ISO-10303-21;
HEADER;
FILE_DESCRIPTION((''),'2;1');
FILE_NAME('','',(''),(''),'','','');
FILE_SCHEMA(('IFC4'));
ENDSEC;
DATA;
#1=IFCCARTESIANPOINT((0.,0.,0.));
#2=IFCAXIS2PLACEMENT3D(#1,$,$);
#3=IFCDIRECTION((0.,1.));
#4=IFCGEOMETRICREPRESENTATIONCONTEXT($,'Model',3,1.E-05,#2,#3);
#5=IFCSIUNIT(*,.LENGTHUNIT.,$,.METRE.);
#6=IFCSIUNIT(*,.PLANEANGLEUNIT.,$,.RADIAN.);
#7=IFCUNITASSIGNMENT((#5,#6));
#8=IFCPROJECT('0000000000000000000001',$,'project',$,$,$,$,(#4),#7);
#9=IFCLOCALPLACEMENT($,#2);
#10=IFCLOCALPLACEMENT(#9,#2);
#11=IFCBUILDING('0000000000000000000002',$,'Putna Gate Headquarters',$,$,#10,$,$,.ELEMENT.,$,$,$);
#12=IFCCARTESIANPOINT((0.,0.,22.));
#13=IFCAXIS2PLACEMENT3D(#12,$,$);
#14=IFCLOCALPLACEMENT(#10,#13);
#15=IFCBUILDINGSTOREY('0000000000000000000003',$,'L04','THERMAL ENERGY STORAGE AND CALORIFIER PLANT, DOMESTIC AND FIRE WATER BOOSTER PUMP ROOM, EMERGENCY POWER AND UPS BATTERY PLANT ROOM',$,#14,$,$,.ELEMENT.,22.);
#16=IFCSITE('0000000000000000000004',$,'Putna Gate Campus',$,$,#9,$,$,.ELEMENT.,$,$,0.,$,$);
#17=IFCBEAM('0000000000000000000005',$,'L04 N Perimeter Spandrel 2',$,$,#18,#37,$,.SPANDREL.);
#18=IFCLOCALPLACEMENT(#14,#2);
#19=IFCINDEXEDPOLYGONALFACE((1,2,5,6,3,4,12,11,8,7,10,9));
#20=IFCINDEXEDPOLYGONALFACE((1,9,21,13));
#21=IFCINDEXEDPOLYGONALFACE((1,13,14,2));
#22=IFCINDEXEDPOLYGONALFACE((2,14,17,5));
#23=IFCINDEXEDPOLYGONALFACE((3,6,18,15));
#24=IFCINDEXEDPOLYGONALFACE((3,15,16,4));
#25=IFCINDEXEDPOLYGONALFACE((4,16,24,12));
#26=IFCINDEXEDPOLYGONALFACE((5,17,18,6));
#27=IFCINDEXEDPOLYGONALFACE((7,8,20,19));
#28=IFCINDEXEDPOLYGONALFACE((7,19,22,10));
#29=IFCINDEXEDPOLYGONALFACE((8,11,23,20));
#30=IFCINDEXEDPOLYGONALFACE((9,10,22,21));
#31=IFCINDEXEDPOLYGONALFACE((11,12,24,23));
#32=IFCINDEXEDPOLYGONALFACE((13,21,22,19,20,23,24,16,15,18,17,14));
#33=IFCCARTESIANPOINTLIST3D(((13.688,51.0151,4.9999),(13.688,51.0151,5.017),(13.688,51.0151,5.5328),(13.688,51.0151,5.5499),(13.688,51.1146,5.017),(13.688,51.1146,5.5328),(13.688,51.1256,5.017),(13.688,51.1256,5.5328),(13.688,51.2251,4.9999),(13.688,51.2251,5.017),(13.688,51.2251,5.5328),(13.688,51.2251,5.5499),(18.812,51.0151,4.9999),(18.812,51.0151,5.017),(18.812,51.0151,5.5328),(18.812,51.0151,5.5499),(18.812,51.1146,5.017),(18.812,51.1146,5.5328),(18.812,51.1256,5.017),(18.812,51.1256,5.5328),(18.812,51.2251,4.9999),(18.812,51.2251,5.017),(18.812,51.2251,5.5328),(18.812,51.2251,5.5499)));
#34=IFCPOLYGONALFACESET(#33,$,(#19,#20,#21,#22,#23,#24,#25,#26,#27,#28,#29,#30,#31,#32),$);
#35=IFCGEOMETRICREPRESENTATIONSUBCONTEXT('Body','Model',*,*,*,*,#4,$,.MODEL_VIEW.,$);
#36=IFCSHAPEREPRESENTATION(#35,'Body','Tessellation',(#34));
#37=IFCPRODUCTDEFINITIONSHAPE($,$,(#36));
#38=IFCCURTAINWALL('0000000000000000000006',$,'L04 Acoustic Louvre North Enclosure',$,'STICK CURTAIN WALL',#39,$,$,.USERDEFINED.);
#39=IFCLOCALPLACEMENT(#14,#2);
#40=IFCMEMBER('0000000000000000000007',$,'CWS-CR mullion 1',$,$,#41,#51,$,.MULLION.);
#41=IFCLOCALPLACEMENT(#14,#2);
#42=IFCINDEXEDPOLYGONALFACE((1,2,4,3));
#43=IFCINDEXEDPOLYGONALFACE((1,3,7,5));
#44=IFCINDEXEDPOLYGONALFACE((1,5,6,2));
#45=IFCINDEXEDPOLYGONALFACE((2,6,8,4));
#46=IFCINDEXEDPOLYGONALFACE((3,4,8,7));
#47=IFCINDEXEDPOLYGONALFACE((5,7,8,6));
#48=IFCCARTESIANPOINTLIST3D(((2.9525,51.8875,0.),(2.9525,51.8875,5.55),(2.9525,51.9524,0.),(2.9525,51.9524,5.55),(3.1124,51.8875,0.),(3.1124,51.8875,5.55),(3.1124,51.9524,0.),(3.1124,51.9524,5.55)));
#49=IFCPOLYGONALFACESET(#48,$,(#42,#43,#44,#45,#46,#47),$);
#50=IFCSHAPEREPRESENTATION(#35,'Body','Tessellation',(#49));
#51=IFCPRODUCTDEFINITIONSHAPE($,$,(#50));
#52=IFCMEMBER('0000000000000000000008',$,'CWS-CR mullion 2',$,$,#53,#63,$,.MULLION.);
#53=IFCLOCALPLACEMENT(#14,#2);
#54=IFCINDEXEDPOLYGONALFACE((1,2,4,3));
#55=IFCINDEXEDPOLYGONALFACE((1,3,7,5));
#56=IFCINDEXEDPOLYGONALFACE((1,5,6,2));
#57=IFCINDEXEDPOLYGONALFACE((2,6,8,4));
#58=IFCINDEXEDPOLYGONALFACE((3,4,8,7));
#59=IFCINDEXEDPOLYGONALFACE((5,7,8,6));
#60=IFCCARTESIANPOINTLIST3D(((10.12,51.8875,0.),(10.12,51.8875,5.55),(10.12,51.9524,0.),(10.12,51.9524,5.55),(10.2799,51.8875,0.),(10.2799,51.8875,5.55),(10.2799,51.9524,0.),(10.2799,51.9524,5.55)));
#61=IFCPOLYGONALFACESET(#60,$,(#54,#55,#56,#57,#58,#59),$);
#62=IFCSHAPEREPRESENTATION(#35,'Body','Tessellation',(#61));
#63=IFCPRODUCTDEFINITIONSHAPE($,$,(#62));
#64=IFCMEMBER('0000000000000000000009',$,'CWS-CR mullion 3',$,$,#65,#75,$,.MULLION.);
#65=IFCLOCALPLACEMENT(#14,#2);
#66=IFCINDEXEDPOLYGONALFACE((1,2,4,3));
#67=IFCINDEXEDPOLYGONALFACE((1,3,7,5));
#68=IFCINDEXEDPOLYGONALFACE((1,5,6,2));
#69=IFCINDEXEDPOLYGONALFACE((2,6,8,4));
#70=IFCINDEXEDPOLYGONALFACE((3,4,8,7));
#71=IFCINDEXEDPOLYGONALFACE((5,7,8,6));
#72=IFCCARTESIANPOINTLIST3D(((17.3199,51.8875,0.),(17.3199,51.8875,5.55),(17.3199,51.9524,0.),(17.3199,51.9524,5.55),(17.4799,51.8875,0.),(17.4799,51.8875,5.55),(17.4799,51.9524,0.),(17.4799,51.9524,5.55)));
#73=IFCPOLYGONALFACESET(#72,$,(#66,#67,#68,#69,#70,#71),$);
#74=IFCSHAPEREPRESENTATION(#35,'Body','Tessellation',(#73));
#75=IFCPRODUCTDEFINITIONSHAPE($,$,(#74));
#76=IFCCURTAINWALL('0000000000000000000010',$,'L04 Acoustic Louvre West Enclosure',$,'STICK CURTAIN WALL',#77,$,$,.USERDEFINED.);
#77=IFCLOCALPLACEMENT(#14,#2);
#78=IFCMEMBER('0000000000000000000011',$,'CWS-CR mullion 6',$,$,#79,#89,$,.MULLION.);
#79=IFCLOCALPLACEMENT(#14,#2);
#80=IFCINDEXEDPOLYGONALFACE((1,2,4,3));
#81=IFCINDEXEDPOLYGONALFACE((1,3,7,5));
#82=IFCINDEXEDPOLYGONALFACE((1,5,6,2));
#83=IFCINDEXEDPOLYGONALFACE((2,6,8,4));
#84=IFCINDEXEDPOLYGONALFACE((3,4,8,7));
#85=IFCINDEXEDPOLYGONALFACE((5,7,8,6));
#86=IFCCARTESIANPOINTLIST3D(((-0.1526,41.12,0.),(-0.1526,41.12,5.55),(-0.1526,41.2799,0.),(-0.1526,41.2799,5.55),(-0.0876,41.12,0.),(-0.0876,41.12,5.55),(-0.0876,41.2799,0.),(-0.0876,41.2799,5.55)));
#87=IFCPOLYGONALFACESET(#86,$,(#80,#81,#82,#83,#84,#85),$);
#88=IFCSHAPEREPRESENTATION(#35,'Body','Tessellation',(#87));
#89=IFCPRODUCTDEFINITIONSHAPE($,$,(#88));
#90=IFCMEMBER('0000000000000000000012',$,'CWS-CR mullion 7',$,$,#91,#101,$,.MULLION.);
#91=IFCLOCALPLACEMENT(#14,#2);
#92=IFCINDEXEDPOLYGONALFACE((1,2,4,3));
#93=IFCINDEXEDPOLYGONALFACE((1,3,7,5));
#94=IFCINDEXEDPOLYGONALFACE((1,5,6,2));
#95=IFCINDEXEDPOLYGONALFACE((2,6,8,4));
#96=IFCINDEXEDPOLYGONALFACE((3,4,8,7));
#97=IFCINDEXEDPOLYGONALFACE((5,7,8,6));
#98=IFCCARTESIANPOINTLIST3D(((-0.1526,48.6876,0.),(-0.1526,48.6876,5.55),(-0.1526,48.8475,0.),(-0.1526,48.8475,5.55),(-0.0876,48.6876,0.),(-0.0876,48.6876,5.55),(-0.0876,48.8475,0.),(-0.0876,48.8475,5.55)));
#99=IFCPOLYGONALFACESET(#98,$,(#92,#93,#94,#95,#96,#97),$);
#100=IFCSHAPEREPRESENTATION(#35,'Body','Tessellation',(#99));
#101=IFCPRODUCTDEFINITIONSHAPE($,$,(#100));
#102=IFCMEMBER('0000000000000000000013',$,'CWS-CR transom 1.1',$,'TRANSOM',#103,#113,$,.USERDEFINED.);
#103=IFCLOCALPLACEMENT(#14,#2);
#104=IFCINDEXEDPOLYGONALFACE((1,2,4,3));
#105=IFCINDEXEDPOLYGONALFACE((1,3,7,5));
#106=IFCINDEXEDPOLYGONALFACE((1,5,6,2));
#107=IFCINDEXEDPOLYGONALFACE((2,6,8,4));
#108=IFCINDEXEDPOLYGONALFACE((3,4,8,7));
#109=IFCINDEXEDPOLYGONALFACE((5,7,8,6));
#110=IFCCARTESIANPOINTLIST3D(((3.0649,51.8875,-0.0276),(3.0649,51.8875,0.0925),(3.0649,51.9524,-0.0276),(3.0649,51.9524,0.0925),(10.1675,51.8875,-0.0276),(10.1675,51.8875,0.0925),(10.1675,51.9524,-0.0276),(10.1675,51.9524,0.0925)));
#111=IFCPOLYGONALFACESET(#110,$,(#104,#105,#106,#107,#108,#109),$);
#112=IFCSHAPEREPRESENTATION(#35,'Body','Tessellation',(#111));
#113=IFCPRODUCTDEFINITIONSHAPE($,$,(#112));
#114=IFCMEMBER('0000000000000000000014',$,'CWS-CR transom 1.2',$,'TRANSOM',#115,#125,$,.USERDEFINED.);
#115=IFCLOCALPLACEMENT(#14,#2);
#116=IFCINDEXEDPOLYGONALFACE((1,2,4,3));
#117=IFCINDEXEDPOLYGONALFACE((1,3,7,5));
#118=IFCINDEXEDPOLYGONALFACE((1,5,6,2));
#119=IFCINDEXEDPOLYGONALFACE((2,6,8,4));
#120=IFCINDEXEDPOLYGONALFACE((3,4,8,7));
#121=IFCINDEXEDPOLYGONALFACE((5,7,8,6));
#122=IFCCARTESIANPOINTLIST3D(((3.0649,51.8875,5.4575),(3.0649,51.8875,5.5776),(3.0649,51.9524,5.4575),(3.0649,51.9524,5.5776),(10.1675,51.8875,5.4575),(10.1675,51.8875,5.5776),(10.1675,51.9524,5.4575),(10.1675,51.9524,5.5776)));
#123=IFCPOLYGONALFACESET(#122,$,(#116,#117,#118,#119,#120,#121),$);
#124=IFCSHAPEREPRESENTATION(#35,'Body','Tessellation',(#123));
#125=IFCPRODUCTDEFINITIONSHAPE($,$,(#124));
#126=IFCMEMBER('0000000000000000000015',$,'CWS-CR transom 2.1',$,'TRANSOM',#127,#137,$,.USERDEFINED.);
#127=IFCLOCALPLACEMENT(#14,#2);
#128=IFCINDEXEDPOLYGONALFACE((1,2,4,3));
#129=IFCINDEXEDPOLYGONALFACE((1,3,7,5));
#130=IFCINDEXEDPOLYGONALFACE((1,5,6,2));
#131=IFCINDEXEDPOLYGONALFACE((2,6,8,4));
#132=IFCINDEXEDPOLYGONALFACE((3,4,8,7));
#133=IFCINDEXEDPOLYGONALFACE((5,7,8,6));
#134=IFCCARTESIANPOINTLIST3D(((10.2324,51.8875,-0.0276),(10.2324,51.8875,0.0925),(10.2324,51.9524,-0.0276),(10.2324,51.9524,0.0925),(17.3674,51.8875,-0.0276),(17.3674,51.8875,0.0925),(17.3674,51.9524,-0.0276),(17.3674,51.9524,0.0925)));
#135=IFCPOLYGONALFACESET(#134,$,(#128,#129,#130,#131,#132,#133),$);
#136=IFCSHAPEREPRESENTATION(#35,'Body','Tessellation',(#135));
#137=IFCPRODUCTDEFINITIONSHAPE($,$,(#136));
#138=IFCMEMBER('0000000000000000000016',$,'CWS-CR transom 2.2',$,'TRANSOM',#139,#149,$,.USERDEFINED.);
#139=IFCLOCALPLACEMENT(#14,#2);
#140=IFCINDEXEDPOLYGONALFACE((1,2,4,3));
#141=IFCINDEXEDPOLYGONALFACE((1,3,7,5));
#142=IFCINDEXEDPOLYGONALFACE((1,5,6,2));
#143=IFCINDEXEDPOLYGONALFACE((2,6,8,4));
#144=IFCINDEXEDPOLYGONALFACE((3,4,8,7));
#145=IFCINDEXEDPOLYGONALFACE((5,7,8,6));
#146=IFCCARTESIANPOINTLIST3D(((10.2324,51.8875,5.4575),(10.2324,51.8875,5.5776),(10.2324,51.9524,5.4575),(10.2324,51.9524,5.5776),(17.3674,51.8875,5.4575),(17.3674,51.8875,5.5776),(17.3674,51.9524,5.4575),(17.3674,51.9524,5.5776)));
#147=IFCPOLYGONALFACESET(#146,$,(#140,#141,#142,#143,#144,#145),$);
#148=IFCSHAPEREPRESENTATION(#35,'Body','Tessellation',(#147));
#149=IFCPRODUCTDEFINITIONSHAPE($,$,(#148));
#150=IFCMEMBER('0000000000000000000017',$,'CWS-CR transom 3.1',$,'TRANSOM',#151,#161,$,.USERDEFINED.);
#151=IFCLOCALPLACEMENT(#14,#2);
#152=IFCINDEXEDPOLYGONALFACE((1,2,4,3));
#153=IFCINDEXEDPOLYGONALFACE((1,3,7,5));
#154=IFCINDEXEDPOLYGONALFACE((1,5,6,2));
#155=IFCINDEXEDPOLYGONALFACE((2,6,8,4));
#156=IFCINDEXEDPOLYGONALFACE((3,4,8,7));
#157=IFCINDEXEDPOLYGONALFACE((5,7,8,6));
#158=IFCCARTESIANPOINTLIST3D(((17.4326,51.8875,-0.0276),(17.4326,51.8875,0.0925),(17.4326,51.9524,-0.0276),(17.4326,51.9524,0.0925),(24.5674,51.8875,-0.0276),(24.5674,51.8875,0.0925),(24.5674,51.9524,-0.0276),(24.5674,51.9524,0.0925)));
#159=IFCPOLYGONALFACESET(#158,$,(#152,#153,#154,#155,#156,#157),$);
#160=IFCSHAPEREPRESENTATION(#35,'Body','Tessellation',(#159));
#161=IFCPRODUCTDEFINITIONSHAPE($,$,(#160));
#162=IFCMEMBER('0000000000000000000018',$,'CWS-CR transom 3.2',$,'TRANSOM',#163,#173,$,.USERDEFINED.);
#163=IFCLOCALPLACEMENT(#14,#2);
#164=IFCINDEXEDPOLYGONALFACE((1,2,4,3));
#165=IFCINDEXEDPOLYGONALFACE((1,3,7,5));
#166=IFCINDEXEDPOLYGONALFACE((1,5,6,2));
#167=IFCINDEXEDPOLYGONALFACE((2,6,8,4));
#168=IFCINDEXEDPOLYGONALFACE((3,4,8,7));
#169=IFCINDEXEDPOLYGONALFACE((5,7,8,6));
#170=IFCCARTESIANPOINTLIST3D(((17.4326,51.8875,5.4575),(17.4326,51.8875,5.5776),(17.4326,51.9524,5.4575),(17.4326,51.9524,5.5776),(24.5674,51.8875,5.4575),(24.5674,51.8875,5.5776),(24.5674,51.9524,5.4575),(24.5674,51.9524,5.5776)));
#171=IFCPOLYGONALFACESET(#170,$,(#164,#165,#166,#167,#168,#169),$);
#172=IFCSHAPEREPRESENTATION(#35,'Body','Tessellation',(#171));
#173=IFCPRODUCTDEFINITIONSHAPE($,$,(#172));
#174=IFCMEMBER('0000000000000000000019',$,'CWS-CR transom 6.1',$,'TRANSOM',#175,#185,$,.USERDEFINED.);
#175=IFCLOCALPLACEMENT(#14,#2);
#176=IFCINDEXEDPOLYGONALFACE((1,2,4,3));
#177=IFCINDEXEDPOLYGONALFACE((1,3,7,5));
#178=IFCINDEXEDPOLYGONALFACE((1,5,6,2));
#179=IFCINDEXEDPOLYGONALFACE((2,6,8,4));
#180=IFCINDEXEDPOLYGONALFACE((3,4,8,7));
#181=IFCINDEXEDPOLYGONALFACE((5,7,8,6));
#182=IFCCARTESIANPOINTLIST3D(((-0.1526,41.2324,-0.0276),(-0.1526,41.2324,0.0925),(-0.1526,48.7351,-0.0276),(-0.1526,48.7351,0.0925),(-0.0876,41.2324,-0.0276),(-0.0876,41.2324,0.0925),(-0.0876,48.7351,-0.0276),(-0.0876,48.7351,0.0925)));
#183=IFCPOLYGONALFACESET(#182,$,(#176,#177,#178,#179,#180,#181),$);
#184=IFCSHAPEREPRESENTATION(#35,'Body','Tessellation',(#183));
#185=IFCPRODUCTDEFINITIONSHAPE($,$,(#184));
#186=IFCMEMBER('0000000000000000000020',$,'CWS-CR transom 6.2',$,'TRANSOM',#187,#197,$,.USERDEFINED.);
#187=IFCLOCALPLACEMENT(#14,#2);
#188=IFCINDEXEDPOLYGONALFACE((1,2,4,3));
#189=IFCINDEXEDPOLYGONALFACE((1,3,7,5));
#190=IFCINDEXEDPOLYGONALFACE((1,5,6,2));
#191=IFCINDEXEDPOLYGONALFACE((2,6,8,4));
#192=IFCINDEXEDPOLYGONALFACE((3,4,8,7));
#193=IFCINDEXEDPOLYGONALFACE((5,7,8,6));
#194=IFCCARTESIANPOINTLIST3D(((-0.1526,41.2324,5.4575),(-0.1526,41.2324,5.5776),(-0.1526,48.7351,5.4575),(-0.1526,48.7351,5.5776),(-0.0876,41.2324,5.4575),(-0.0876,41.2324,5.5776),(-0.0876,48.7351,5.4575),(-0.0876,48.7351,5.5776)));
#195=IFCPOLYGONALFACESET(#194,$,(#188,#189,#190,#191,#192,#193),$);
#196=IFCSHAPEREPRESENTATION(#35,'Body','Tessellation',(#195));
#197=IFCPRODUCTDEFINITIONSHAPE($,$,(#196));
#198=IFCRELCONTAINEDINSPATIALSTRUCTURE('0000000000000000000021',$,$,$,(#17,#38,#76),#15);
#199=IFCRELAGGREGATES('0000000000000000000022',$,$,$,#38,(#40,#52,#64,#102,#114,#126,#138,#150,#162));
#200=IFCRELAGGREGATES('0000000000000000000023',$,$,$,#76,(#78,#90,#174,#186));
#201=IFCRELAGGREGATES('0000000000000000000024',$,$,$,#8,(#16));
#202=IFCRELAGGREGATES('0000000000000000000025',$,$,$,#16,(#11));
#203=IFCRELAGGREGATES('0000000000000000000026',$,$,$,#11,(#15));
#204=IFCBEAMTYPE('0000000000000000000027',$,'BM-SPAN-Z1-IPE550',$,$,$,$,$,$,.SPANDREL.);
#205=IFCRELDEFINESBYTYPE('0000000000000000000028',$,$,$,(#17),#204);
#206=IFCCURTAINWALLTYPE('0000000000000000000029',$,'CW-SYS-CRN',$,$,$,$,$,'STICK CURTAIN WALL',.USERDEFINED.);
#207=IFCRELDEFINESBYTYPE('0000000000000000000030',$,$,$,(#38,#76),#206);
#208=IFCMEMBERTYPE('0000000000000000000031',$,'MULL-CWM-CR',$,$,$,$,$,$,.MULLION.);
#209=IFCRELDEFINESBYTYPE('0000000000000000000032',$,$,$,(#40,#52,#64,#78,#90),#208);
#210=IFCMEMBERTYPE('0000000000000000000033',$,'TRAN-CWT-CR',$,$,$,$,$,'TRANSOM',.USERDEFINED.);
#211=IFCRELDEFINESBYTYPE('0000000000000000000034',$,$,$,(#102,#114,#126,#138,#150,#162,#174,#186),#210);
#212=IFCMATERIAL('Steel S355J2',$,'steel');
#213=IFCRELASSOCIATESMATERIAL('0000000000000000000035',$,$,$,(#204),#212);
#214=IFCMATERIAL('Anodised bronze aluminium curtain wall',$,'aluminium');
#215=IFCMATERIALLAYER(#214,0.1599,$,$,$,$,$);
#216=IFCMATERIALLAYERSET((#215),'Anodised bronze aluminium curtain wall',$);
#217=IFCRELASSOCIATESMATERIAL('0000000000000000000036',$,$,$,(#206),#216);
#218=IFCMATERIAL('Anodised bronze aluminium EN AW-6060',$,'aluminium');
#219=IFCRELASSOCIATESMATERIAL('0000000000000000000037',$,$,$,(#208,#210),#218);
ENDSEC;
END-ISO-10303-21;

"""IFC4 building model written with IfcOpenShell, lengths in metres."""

from ifc_helpers import new_model, si_unit, direction, frame, origin, origin_2d, place, context, subcontext, project, spatial, rectangle, i_section, extrude, material, layer, layer_set, material_profile, profile_set, type_object, element, aggregate, save


model = new_model("IFC4")

# Units and contexts
model_context = context("Model", 3, precision=1e-05, world=origin(), true_north=direction((0.0, 1.0)))
body_context = subcontext(model_context, "Body", "Model", "MODEL_VIEW")
ifc_project = project(units=[si_unit("LENGTHUNIT", "METRE"), si_unit("PLANEANGLEUNIT", "RADIAN")], contexts=[model_context])

# Site, building, storey
site_placement = place(None, origin())
site = spatial("IfcSite", under=ifc_project, at=site_placement, Name="Putna Gate Campus", CompositionType="ELEMENT", RefElevation=0.0)
building_placement = place(site_placement, origin())
building = spatial("IfcBuilding", under=site, at=building_placement, Name="Putna Gate Headquarters", CompositionType="ELEMENT")
storey_placement = place(building_placement, frame((0.0, 0.0, 22.0)))
storey = spatial("IfcBuildingStorey", under=building, at=storey_placement, Name="L04", Description="THERMAL ENERGY STORAGE AND CALORIFIER PLANT, DOMESTIC AND FIRE WATER BOOSTER PUMP ROOM, EMERGENCY POWER AND UPS BATTERY PLANT ROOM", CompositionType="ELEMENT", Elevation=22.0)

# Beam
ifc_material_1 = material(Name="Steel S355J2", Category="steel")
ifc_material_profile_1 = material_profile(ifc_material_1, i_section(OverallWidth=0.21, OverallDepth=0.55, WebThickness=0.011, FlangeThickness=0.0171, at=origin_2d()), Name="Steel S355J2")
ifc_profile_set_1 = profile_set([ifc_material_profile_1], Name="Steel S355J2")
beam_type_1 = type_object("IfcBeamType", Name="BM-SPAN-Z1-IPE550", PredefinedType="SPANDREL", material=ifc_profile_set_1)
for number, where, z_axis, x_axis, name in (
    (1, (13.688, 51.1201, 5.2749), (1.0, 0.0, 0.0), (0.0, 1.0, 0.0), "L04 N Perimeter Spandrel 2"),
):
    element("IfcBeam", number, at=place(storey_placement, frame(where, z_axis=z_axis, x_axis=x_axis)), inside=storey, type_object=beam_type_1, Name=name, PredefinedType="SPANDREL", context=body_context, shape_type="SweptSolid", body=[
        extrude(i_section(OverallWidth=0.21, OverallDepth=0.55, WebThickness=0.011, FlangeThickness=0.0171, at=origin_2d()), origin(), (0.0, 0.0, 1.0), 5.124),
    ])

# Curtain walls, members
ifc_material_2 = material(Name="Anodised bronze aluminium curtain wall", Category="aluminium")
ifc_layer_1 = layer(ifc_material_2, 0.1599)
ifc_layer_set_1 = layer_set([ifc_layer_1], Name="Anodised bronze aluminium curtain wall")
curtain_wall_type = type_object("IfcCurtainWallType", Name="CW-SYS-CRN", ElementType="STICK CURTAIN WALL", PredefinedType="USERDEFINED", material=ifc_layer_set_1)
curtain_wall_1_placement = place(storey_placement, origin())
curtain_wall_1 = element("IfcCurtainWall", 2, at=curtain_wall_1_placement, inside=storey, type_object=curtain_wall_type, Name="L04 Acoustic Louvre North Enclosure", ObjectType="STICK CURTAIN WALL", PredefinedType="USERDEFINED")
ifc_material_3 = material(Name="Anodised bronze aluminium EN AW-6060", Category="aluminium")
ifc_material_profile_2 = material_profile(ifc_material_3, rectangle(XDim=0.0649, YDim=0.1599, at=origin_2d()), Name="Anodised bronze aluminium EN AW-6060")
ifc_profile_set_2 = profile_set([ifc_material_profile_2], Name="Anodised bronze aluminium EN AW-6060")
member_type_1 = type_object("IfcMemberType", Name="MULL-CWM-CR", PredefinedType="MULLION", material=ifc_profile_set_2)
member_1_placement = place(storey_placement, frame((3.0325, 51.9199, 0.0), z_axis=(0.0, 0.0, 1.0), x_axis=(0.0, 1.0, 0.0)))
member_1 = element("IfcMember", 3, at=member_1_placement, type_object=member_type_1, Name="CWS-CR mullion 1", PredefinedType="MULLION", context=body_context, shape_type="SweptSolid", body=[
    extrude(rectangle(XDim=0.0649, YDim=0.1599, at=origin_2d()), origin(), (0.0, 0.0, 1.0), 5.55),
])
member_2_placement = place(storey_placement, frame((10.2, 51.9199, 0.0), z_axis=(0.0, 0.0, 1.0), x_axis=(0.0, 1.0, 0.0)))
member_2 = element("IfcMember", 4, at=member_2_placement, type_object=member_type_1, Name="CWS-CR mullion 2", PredefinedType="MULLION", context=body_context, shape_type="SweptSolid", body=[
    extrude(rectangle(XDim=0.0649, YDim=0.1599, at=origin_2d()), origin(), (0.0, 0.0, 1.0), 5.55),
])
member_3_placement = place(storey_placement, frame((17.3999, 51.9199, 0.0), z_axis=(0.0, 0.0, 1.0), x_axis=(0.0, 1.0, 0.0)))
member_3 = element("IfcMember", 5, at=member_3_placement, type_object=member_type_1, Name="CWS-CR mullion 3", PredefinedType="MULLION", context=body_context, shape_type="SweptSolid", body=[
    extrude(rectangle(XDim=0.0649, YDim=0.1599, at=origin_2d()), origin(), (0.0, 0.0, 1.0), 5.55),
])
curtain_wall_2_placement = place(storey_placement, origin())
curtain_wall_2 = element("IfcCurtainWall", 6, at=curtain_wall_2_placement, inside=storey, type_object=curtain_wall_type, Name="L04 Acoustic Louvre West Enclosure", ObjectType="STICK CURTAIN WALL", PredefinedType="USERDEFINED")
member_4_placement = place(storey_placement, frame((-0.1201, 41.2, 0.0), z_axis=(0.0, 0.0, 1.0), x_axis=(-1.0, 0.0, 0.0)))
member_4 = element("IfcMember", 7, at=member_4_placement, type_object=member_type_1, Name="CWS-CR mullion 6", PredefinedType="MULLION", context=body_context, shape_type="SweptSolid", body=[
    extrude(rectangle(XDim=0.0649, YDim=0.1599, at=origin_2d()), origin(), (0.0, 0.0, 1.0), 5.55),
])
member_5_placement = place(storey_placement, frame((-0.1201, 48.7676, 0.0), z_axis=(0.0, 0.0, 1.0), x_axis=(-1.0, 0.0, 0.0)))
member_5 = element("IfcMember", 8, at=member_5_placement, type_object=member_type_1, Name="CWS-CR mullion 7", PredefinedType="MULLION", context=body_context, shape_type="SweptSolid", body=[
    extrude(rectangle(XDim=0.0649, YDim=0.1599, at=origin_2d()), origin(), (0.0, 0.0, 1.0), 5.55),
])

# Members
ifc_material_profile_3 = material_profile(ifc_material_3, rectangle(XDim=0.0649, YDim=0.1201, at=origin_2d()), Name="Anodised bronze aluminium EN AW-6060")
ifc_profile_set_3 = profile_set([ifc_material_profile_3], Name="Anodised bronze aluminium EN AW-6060")
member_type_2 = type_object("IfcMemberType", Name="TRAN-CWT-CR", ElementType="TRANSOM", PredefinedType="USERDEFINED", material=ifc_profile_set_3)
member_6_placement = place(storey_placement, frame((3.0649, 51.9199, 0.0325), z_axis=(1.0, 0.0, 0.0), x_axis=(0.0, 1.0, 0.0)))
member_6 = element("IfcMember", 9, at=member_6_placement, type_object=member_type_2, Name="CWS-CR transom 1.1", ObjectType="TRANSOM", PredefinedType="USERDEFINED", context=body_context, shape_type="SweptSolid", body=[
    extrude(rectangle(XDim=0.0649, YDim=0.1201, at=origin_2d()), origin(), (0.0, 0.0, 1.0), 7.1025),
])
member_7_placement = place(storey_placement, frame((3.0649, 51.9199, 5.5176), z_axis=(1.0, 0.0, 0.0), x_axis=(0.0, 1.0, 0.0)))
member_7 = element("IfcMember", 10, at=member_7_placement, type_object=member_type_2, Name="CWS-CR transom 1.2", ObjectType="TRANSOM", PredefinedType="USERDEFINED", context=body_context, shape_type="SweptSolid", body=[
    extrude(rectangle(XDim=0.0649, YDim=0.1201, at=origin_2d()), origin(), (0.0, 0.0, 1.0), 7.1025),
])
member_8_placement = place(storey_placement, frame((10.2324, 51.9199, 0.0325), z_axis=(1.0, 0.0, 0.0), x_axis=(0.0, 1.0, 0.0)))
member_8 = element("IfcMember", 11, at=member_8_placement, type_object=member_type_2, Name="CWS-CR transom 2.1", ObjectType="TRANSOM", PredefinedType="USERDEFINED", context=body_context, shape_type="SweptSolid", body=[
    extrude(rectangle(XDim=0.0649, YDim=0.1201, at=origin_2d()), origin(), (0.0, 0.0, 1.0), 7.135),
])
member_9_placement = place(storey_placement, frame((10.2324, 51.9199, 5.5176), z_axis=(1.0, 0.0, 0.0), x_axis=(0.0, 1.0, 0.0)))
member_9 = element("IfcMember", 12, at=member_9_placement, type_object=member_type_2, Name="CWS-CR transom 2.2", ObjectType="TRANSOM", PredefinedType="USERDEFINED", context=body_context, shape_type="SweptSolid", body=[
    extrude(rectangle(XDim=0.0649, YDim=0.1201, at=origin_2d()), origin(), (0.0, 0.0, 1.0), 7.135),
])
member_10_placement = place(storey_placement, frame((17.4326, 51.9199, 0.0325), z_axis=(1.0, 0.0, 0.0), x_axis=(0.0, 1.0, 0.0)))
member_10 = element("IfcMember", 13, at=member_10_placement, type_object=member_type_2, Name="CWS-CR transom 3.1", ObjectType="TRANSOM", PredefinedType="USERDEFINED", context=body_context, shape_type="SweptSolid", body=[
    extrude(rectangle(XDim=0.0649, YDim=0.1201, at=origin_2d()), origin(), (0.0, 0.0, 1.0), 7.1348),
])
member_11_placement = place(storey_placement, frame((17.4326, 51.9199, 5.5176), z_axis=(1.0, 0.0, 0.0), x_axis=(0.0, 1.0, 0.0)))
member_11 = element("IfcMember", 14, at=member_11_placement, type_object=member_type_2, Name="CWS-CR transom 3.2", ObjectType="TRANSOM", PredefinedType="USERDEFINED", context=body_context, shape_type="SweptSolid", body=[
    extrude(rectangle(XDim=0.0649, YDim=0.1201, at=origin_2d()), origin(), (0.0, 0.0, 1.0), 7.1348),
])
member_12_placement = place(storey_placement, frame((-0.1201, 41.2324, 0.0325), z_axis=(0.0, 1.0, 0.0), x_axis=(-1.0, 0.0, 0.0)))
member_12 = element("IfcMember", 15, at=member_12_placement, type_object=member_type_2, Name="CWS-CR transom 6.1", ObjectType="TRANSOM", PredefinedType="USERDEFINED", context=body_context, shape_type="SweptSolid", body=[
    extrude(rectangle(XDim=0.0649, YDim=0.1201, at=origin_2d()), origin(), (0.0, 0.0, 1.0), 7.5027),
])
member_13_placement = place(storey_placement, frame((-0.1201, 41.2324, 5.5176), z_axis=(0.0, 1.0, 0.0), x_axis=(-1.0, 0.0, 0.0)))
member_13 = element("IfcMember", 16, at=member_13_placement, type_object=member_type_2, Name="CWS-CR transom 6.2", ObjectType="TRANSOM", PredefinedType="USERDEFINED", context=body_context, shape_type="SweptSolid", body=[
    extrude(rectangle(XDim=0.0649, YDim=0.1201, at=origin_2d()), origin(), (0.0, 0.0, 1.0), 7.5027),
])

aggregate(curtain_wall_1, [member_1, member_2, member_3, member_6, member_7, member_8, member_9, member_10, member_11])
aggregate(curtain_wall_2, [member_4, member_5, member_12, member_13])

save(model, "model.ifc")
